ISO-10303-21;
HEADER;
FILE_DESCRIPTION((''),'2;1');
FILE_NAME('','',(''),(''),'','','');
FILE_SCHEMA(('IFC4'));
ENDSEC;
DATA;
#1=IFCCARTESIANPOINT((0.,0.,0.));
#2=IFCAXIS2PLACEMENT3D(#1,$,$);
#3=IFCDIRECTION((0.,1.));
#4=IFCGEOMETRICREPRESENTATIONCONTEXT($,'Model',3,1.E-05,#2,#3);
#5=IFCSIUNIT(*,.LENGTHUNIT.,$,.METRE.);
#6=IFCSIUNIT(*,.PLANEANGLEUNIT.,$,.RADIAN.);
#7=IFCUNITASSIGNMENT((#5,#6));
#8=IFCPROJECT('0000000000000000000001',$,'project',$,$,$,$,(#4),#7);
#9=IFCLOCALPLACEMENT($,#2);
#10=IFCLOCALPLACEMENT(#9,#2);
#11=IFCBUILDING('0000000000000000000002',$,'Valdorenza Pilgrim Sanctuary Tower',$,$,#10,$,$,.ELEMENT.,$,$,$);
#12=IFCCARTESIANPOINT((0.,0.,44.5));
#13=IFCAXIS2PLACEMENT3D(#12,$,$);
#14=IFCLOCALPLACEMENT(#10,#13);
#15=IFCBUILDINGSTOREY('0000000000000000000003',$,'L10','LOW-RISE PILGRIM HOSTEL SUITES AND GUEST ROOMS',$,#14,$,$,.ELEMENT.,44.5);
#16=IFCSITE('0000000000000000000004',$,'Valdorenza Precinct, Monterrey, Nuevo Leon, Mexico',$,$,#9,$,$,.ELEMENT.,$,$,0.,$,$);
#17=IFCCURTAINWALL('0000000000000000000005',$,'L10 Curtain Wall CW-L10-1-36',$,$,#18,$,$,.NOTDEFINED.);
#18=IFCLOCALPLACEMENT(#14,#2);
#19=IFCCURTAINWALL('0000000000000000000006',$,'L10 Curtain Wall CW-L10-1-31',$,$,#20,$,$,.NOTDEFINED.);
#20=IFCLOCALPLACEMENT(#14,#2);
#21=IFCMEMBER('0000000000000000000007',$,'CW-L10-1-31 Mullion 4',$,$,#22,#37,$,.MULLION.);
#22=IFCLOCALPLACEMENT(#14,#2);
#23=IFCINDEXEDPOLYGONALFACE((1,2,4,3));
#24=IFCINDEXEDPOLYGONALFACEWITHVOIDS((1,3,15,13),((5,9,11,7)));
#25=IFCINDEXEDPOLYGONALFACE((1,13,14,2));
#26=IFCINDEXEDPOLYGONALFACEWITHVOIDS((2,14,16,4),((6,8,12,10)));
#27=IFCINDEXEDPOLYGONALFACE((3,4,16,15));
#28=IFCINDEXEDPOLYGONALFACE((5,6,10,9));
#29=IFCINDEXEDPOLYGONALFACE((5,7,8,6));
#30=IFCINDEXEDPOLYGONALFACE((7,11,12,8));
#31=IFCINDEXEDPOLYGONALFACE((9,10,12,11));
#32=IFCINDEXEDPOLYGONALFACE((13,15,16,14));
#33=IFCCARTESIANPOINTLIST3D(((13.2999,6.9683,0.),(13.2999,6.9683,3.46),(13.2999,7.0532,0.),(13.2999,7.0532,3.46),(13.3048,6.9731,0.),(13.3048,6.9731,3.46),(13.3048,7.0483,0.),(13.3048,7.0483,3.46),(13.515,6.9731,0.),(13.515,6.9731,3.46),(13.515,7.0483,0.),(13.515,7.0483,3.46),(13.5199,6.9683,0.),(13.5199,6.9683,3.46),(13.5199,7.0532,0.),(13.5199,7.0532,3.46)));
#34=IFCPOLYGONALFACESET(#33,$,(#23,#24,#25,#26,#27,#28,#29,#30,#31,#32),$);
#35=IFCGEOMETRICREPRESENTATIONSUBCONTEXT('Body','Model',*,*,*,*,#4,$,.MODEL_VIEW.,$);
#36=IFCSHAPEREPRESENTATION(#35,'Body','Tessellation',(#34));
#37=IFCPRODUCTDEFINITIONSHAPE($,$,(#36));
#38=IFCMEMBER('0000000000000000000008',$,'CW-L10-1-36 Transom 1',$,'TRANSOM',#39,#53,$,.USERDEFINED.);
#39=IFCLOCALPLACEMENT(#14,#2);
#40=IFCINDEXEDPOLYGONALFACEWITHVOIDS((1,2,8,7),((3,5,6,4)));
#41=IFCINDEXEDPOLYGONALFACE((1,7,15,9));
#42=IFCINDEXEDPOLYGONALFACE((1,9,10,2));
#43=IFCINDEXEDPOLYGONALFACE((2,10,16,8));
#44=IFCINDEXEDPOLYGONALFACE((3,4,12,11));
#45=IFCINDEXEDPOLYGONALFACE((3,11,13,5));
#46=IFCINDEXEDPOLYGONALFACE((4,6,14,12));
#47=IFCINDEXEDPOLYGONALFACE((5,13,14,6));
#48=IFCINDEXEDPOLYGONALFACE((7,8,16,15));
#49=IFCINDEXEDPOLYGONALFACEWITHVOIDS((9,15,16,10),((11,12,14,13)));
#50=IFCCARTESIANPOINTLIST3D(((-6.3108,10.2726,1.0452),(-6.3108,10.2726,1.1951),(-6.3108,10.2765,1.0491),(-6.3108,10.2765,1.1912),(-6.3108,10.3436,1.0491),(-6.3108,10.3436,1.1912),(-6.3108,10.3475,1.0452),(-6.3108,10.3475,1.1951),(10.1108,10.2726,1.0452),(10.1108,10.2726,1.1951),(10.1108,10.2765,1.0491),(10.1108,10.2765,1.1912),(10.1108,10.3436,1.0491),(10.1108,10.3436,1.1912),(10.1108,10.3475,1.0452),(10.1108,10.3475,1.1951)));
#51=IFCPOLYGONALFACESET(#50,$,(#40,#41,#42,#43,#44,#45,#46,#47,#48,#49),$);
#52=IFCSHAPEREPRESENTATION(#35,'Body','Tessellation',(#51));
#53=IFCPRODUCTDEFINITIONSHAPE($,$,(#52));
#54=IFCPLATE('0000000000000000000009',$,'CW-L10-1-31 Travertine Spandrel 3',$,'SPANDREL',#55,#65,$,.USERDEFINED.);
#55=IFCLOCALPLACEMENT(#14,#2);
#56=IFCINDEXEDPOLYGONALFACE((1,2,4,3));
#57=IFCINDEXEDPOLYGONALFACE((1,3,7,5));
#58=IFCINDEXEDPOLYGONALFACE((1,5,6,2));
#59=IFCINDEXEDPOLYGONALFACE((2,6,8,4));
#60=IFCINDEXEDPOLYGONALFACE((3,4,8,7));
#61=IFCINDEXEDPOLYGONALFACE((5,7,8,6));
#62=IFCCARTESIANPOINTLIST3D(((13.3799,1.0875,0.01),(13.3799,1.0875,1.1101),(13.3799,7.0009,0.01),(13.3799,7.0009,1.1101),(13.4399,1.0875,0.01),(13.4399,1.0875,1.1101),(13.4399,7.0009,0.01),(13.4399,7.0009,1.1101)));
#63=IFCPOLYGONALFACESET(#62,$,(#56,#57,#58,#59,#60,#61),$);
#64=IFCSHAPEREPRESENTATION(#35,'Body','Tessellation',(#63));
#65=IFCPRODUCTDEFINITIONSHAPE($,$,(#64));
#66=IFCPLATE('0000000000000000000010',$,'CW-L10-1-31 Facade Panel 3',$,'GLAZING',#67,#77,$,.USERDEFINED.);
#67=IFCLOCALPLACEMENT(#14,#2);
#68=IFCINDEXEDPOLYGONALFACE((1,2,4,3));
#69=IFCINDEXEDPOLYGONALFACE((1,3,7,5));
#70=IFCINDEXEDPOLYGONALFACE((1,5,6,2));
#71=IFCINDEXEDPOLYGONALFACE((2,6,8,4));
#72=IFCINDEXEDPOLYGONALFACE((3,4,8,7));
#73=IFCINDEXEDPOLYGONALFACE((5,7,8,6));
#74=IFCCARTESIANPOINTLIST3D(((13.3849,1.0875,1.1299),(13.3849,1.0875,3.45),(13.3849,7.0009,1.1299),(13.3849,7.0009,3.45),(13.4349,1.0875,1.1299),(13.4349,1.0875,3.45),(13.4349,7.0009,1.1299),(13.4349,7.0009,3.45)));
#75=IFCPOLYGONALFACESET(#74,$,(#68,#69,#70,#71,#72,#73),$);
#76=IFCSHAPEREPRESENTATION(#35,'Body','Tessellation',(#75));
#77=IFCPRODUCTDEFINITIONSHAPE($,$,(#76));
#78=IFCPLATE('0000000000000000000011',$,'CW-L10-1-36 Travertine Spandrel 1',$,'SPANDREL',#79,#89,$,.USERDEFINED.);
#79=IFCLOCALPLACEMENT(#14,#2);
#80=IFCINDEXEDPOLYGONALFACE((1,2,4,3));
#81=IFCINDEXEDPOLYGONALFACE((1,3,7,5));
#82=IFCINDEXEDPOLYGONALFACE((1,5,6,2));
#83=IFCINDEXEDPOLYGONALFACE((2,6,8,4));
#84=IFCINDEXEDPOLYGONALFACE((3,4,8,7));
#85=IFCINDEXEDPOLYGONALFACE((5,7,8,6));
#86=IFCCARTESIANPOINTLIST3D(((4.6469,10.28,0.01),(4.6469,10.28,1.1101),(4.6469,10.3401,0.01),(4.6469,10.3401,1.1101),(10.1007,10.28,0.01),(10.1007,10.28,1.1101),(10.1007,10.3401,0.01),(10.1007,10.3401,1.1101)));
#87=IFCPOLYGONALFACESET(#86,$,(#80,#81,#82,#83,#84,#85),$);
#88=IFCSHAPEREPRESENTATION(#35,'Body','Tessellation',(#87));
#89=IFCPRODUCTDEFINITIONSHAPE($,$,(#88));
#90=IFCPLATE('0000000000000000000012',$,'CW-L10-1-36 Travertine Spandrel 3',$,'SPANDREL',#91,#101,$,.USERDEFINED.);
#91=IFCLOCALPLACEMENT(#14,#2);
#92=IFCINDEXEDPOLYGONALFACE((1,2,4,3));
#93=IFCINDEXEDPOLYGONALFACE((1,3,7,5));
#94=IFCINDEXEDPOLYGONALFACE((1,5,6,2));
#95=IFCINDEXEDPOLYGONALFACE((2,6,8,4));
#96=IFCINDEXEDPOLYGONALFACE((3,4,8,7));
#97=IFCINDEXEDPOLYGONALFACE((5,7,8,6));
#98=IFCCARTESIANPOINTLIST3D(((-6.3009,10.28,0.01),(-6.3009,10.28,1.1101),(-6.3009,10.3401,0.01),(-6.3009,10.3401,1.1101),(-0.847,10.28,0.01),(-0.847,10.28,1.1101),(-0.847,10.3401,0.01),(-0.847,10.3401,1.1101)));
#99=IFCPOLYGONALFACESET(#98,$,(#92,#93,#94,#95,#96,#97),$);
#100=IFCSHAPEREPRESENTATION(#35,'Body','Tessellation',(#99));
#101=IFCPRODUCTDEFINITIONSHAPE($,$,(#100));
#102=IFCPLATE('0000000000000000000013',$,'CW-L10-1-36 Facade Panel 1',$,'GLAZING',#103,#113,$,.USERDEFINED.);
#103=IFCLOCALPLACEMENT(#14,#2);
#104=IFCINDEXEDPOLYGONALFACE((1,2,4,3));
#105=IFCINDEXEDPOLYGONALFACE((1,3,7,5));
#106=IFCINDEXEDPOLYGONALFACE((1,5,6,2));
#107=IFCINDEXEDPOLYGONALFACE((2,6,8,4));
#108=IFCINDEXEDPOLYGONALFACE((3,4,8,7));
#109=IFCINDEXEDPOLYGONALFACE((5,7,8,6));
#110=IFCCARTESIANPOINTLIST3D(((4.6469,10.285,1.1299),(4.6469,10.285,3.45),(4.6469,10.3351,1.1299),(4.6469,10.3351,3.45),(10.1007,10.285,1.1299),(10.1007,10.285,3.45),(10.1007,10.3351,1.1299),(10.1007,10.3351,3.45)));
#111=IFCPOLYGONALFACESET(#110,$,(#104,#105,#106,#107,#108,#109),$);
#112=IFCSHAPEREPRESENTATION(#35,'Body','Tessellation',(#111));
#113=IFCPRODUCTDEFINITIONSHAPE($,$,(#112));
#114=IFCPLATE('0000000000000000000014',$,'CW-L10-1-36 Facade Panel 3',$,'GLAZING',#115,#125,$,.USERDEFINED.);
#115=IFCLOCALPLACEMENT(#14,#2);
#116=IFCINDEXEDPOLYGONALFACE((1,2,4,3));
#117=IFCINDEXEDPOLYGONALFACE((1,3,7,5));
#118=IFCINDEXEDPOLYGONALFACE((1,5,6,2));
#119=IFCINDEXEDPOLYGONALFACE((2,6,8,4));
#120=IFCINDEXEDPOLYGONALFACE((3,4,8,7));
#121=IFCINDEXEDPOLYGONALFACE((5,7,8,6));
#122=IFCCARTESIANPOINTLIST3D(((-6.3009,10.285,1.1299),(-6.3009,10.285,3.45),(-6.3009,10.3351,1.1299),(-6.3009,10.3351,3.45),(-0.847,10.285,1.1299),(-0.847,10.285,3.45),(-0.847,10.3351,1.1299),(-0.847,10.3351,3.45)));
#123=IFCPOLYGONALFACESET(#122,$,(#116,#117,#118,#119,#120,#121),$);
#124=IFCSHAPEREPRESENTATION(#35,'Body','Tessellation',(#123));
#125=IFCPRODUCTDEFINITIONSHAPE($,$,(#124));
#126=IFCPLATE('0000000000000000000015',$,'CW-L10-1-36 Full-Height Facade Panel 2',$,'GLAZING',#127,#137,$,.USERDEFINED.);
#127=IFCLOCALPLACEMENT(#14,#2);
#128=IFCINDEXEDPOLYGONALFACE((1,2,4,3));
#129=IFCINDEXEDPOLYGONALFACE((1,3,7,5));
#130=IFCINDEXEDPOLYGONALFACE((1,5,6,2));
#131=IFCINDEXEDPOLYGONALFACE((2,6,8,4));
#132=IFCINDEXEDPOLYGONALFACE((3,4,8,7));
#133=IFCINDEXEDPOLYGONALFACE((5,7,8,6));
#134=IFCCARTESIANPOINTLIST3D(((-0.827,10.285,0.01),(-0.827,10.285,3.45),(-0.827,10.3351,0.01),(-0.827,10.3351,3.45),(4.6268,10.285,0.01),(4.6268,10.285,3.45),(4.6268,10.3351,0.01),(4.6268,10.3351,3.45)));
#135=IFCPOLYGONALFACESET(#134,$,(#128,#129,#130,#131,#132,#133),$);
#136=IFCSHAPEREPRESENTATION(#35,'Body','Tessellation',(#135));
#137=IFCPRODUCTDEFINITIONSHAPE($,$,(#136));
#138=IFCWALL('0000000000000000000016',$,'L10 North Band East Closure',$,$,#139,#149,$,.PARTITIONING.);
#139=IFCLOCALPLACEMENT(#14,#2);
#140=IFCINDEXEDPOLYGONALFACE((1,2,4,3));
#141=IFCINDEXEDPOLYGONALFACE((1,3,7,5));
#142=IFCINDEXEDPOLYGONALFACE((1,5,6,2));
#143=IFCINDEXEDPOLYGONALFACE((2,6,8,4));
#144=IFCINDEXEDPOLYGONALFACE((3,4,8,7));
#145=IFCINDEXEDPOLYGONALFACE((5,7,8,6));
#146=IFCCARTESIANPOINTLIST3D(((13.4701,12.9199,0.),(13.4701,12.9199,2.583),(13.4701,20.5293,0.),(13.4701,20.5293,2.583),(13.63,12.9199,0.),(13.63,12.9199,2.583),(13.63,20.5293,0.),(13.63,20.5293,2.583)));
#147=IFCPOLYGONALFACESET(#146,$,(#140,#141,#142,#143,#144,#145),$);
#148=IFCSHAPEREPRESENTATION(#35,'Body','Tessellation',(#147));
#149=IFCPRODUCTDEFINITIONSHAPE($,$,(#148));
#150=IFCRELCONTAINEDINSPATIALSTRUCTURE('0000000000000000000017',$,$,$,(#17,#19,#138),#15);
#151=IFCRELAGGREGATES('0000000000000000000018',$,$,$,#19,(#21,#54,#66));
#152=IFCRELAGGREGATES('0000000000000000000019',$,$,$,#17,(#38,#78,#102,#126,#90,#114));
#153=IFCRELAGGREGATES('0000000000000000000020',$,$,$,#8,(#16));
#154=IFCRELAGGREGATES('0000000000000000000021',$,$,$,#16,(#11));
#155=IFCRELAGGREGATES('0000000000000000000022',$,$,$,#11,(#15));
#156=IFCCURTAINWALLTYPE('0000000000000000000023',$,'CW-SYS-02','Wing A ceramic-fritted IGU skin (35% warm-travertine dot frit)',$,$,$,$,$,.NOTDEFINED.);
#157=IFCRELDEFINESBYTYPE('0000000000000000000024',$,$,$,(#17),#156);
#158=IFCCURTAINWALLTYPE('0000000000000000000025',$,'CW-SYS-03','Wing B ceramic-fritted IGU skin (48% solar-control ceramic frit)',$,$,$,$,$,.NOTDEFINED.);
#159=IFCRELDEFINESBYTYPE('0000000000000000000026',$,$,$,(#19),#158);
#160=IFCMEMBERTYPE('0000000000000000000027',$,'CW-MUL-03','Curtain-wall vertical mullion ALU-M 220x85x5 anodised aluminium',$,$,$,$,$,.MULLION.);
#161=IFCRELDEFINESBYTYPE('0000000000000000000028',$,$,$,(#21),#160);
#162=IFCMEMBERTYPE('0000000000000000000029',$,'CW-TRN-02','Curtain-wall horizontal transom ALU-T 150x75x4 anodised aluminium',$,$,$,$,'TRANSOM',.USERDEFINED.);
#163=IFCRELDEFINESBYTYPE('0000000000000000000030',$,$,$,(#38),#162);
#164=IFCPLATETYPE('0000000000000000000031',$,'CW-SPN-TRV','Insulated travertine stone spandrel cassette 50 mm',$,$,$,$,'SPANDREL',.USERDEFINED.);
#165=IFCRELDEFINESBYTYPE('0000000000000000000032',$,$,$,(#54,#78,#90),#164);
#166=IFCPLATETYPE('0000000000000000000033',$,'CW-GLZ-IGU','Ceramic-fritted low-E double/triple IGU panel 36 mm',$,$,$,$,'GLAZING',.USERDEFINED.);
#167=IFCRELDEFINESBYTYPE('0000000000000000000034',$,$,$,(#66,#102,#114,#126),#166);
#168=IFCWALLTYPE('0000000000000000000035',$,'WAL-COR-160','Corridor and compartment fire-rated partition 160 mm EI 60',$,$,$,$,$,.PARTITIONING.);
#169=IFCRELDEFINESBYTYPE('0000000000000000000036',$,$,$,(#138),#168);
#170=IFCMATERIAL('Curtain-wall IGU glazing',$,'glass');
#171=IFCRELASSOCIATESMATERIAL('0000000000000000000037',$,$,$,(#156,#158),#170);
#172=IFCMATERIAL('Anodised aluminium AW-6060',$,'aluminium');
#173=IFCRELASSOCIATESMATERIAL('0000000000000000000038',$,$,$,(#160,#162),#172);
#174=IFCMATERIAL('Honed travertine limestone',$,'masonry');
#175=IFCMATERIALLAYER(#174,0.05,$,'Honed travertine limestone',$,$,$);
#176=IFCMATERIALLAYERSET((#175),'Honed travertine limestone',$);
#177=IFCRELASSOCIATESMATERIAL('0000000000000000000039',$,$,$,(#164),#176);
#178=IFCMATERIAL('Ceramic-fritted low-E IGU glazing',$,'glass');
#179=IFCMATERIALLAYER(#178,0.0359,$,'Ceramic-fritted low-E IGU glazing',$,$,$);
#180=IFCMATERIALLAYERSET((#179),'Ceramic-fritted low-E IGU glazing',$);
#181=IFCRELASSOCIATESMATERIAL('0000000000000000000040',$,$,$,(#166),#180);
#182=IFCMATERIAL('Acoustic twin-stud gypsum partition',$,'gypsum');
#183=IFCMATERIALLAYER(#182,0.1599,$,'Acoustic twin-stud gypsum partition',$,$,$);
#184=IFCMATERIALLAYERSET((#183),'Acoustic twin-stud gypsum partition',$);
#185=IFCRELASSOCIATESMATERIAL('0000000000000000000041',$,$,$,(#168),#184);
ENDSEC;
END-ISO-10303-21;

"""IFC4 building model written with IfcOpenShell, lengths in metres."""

from ifc_helpers import new_model, si_unit, direction, frame, frame_2d, origin, origin_2d, place, context, subcontext, project, spatial, rectangle, hollow_rectangle, extrude, source, transform, mapped, material, layer, layer_set, material_profile, profile_set, type_object, element, aggregate, save


model = new_model("IFC4")

# Units and contexts
model_context = context("Model", 3, precision=1e-05, world=origin(), true_north=direction((0.0, 1.0)))
body_context = subcontext(model_context, "Body", "Model", "MODEL_VIEW")
ifc_project = project(units=[si_unit("LENGTHUNIT", "METRE"), si_unit("PLANEANGLEUNIT", "RADIAN")], contexts=[model_context])

# Site, building, storey
site_placement = place(None, origin())
site = spatial("IfcSite", under=ifc_project, at=site_placement, Name="Valdorenza Precinct, Monterrey, Nuevo Leon, Mexico", CompositionType="ELEMENT", RefElevation=0.0)
building_placement = place(site_placement, origin())
building = spatial("IfcBuilding", under=site, at=building_placement, Name="Valdorenza Pilgrim Sanctuary Tower", CompositionType="ELEMENT")
storey_placement = place(building_placement, frame((0.0, 0.0, 44.5)))
storey = spatial("IfcBuildingStorey", under=building, at=storey_placement, Name="L10", Description="LOW-RISE PILGRIM HOSTEL SUITES AND GUEST ROOMS", CompositionType="ELEMENT", Elevation=44.5)

# Curtain walls, member
ifc_material_1 = material(Name="Curtain-wall IGU glazing", Category="glass")
curtain_wall_type_1 = type_object("IfcCurtainWallType", Name="CW-SYS-02", Description="Wing A ceramic-fritted IGU skin (35% warm-travertine dot frit)", PredefinedType="NOTDEFINED", material=ifc_material_1)
curtain_wall_1_placement = place(storey_placement, origin())
curtain_wall_1 = element("IfcCurtainWall", 1, at=curtain_wall_1_placement, inside=storey, type_object=curtain_wall_type_1, Name="L10 Curtain Wall CW-L10-1-36", PredefinedType="NOTDEFINED")
ifc_material_2 = material(Name="Anodised aluminium AW-6060", Category="aluminium")
curtain_wall_type_2 = type_object("IfcCurtainWallType", Name="CW-SYS-03", Description="Wing B ceramic-fritted IGU skin (48% solar-control ceramic frit)", PredefinedType="NOTDEFINED", material=ifc_material_1)
curtain_wall_2_placement = place(storey_placement, origin())
curtain_wall_2 = element("IfcCurtainWall", 2, at=curtain_wall_2_placement, inside=storey, type_object=curtain_wall_type_2, Name="L10 Curtain Wall CW-L10-1-31", PredefinedType="NOTDEFINED")
ifc_material_profile_1 = material_profile(ifc_material_2, hollow_rectangle(XDim=0.085, YDim=0.22, WallThickness=0.0049, at=origin_2d()), Name="ALU-M 220x85x5")
ifc_profile_set_1 = profile_set([ifc_material_profile_1], Name="Anodised aluminium AW-6060")
member_type_1 = type_object("IfcMemberType", Name="CW-MUL-03", Description="Curtain-wall vertical mullion ALU-M 220x85x5 anodised aluminium", PredefinedType="MULLION", material=ifc_profile_set_1)
shared_shape_1 = source(origin(), body_context, "Body", "SweptSolid", [
    extrude(hollow_rectangle(XDim=0.085, YDim=0.22, WallThickness=0.0049, at=origin_2d()), origin(), (0.0, 0.0, 1.0), 3.46),
])
member_1_placement = place(storey_placement, frame((13.4099, 7.0107, 0.0), z_axis=(0.0, 0.0, 1.0), x_axis=(0.0, 1.0, 0.0)))
member_1 = element("IfcMember", 3, at=member_1_placement, type_object=member_type_1, Name="CW-L10-1-31 Mullion 4", PredefinedType="MULLION", context=body_context, shape_type="MappedRepresentation", body=[
    mapped(shared_shape_1, transform((0.0, 0.0, 0.0), x_axis=(1.0, 0.0, 0.0), y_axis=(0.0, 1.0, 0.0), z_axis=(0.0, 0.0, 1.0), scale=1.0)),
])

# Member
ifc_material_profile_2 = material_profile(ifc_material_2, hollow_rectangle(XDim=0.075, YDim=0.1499, WallThickness=0.0039, at=origin_2d()), Name="ALU-T 150x75x4")
ifc_profile_set_2 = profile_set([ifc_material_profile_2], Name="Anodised aluminium AW-6060")
member_type_2 = type_object("IfcMemberType", Name="CW-TRN-02", Description="Curtain-wall horizontal transom ALU-T 150x75x4 anodised aluminium", ElementType="TRANSOM", PredefinedType="USERDEFINED", material=ifc_profile_set_2)
shared_shape_2 = source(origin(), body_context, "Body", "SweptSolid", [
    extrude(hollow_rectangle(XDim=0.075, YDim=0.1499, WallThickness=0.0039, at=origin_2d()), origin(), (0.0, 0.0, 1.0), 16.4216),
])
member_2_placement = place(storey_placement, frame((10.1108, 10.3101, 1.1201), z_axis=(-1.0, 0.0, 0.0), x_axis=(0.0, -1.0, 0.0)))
member_2 = element("IfcMember", 4, at=member_2_placement, type_object=member_type_2, Name="CW-L10-1-36 Transom 1", ObjectType="TRANSOM", PredefinedType="USERDEFINED", context=body_context, shape_type="MappedRepresentation", body=[
    mapped(shared_shape_2, transform((0.0, 0.0, 0.0), x_axis=(1.0, 0.0, 0.0), y_axis=(0.0, 1.0, 0.0), z_axis=(0.0, 0.0, 1.0), scale=1.0)),
])

# Plates
ifc_material_3 = material(Name="Honed travertine limestone", Category="masonry")
ifc_layer_1 = layer(ifc_material_3, 0.05, Name="Honed travertine limestone")
ifc_layer_set_1 = layer_set([ifc_layer_1], Name="Honed travertine limestone")
plate_type_1 = type_object("IfcPlateType", Name="CW-SPN-TRV", Description="Insulated travertine stone spandrel cassette 50 mm", ElementType="SPANDREL", PredefinedType="USERDEFINED", material=ifc_layer_set_1)
shared_shape_3 = source(origin(), body_context, "Body", "SweptSolid", [
    extrude(rectangle(XDim=5.9133, YDim=0.0601, at=origin_2d()), origin(), (0.0, 0.0, 1.0), 1.1001),
])
plate_1_placement = place(storey_placement, frame((13.4099, 4.0442, 0.01), z_axis=(0.0, 0.0, 1.0), x_axis=(0.0, 1.0, 0.0)))
plate_1 = element("IfcPlate", 5, at=plate_1_placement, type_object=plate_type_1, Name="CW-L10-1-31 Travertine Spandrel 3", ObjectType="SPANDREL", PredefinedType="USERDEFINED", context=body_context, shape_type="MappedRepresentation", body=[
    mapped(shared_shape_3, transform((0.0, 0.0, 0.0), x_axis=(1.0, 0.0, 0.0), y_axis=(0.0, 1.0, 0.0), z_axis=(0.0, 0.0, 1.0), scale=1.0)),
])
ifc_material_4 = material(Name="Ceramic-fritted low-E IGU glazing", Category="glass")
ifc_layer_2 = layer(ifc_material_4, 0.0359, Name="Ceramic-fritted low-E IGU glazing")
ifc_layer_set_2 = layer_set([ifc_layer_2], Name="Ceramic-fritted low-E IGU glazing")
plate_type_2 = type_object("IfcPlateType", Name="CW-GLZ-IGU", Description="Ceramic-fritted low-E double/triple IGU panel 36 mm", ElementType="GLAZING", PredefinedType="USERDEFINED", material=ifc_layer_set_2)
shared_shape_4 = source(origin(), body_context, "Body", "SweptSolid", [
    extrude(rectangle(XDim=5.9133, YDim=0.05, at=origin_2d()), origin(), (0.0, 0.0, 1.0), 2.3201),
])
plate_2_placement = place(storey_placement, frame((13.4099, 4.0442, 1.1299), z_axis=(0.0, 0.0, 1.0), x_axis=(0.0, 1.0, 0.0)))
plate_2 = element("IfcPlate", 6, at=plate_2_placement, type_object=plate_type_2, Name="CW-L10-1-31 Facade Panel 3", ObjectType="GLAZING", PredefinedType="USERDEFINED", context=body_context, shape_type="MappedRepresentation", body=[
    mapped(shared_shape_4, transform((0.0, 0.0, 0.0), x_axis=(1.0, 0.0, 0.0), y_axis=(0.0, 1.0, 0.0), z_axis=(0.0, 0.0, 1.0), scale=1.0)),
])
aggregate(curtain_wall_2, [member_1, plate_1, plate_2])
shared_shape_5 = source(origin(), body_context, "Body", "SweptSolid", [
    extrude(rectangle(XDim=5.4539, YDim=0.0601, at=origin_2d()), origin(), (0.0, 0.0, 1.0), 1.1001),
])
plate_3_placement = place(storey_placement, frame((7.3738, 10.3101, 0.01), z_axis=(0.0, 0.0, 1.0), x_axis=(-1.0, 0.0, 0.0)))
plate_3 = element("IfcPlate", 7, at=plate_3_placement, type_object=plate_type_1, Name="CW-L10-1-36 Travertine Spandrel 1", ObjectType="SPANDREL", PredefinedType="USERDEFINED", context=body_context, shape_type="MappedRepresentation", body=[
    mapped(shared_shape_5, transform((0.0, 0.0, 0.0), x_axis=(1.0, 0.0, 0.0), y_axis=(0.0, 1.0, 0.0), z_axis=(0.0, 0.0, 1.0), scale=1.0)),
])
plate_4_placement = place(storey_placement, frame((-3.574, 10.3101, 0.01), z_axis=(0.0, 0.0, 1.0), x_axis=(-1.0, 0.0, 0.0)))
plate_4 = element("IfcPlate", 8, at=plate_4_placement, type_object=plate_type_1, Name="CW-L10-1-36 Travertine Spandrel 3", ObjectType="SPANDREL", PredefinedType="USERDEFINED", context=body_context, shape_type="MappedRepresentation", body=[
    mapped(shared_shape_5, transform((0.0, 0.0, 0.0), x_axis=(1.0, 0.0, 0.0), y_axis=(0.0, 1.0, 0.0), z_axis=(0.0, 0.0, 1.0), scale=1.0)),
])
shared_shape_6 = source(origin(), body_context, "Body", "SweptSolid", [
    extrude(rectangle(XDim=5.4539, YDim=0.05, at=origin_2d()), origin(), (0.0, 0.0, 1.0), 2.3201),
])
plate_5_placement = place(storey_placement, frame((7.3738, 10.3101, 1.1299), z_axis=(0.0, 0.0, 1.0), x_axis=(-1.0, 0.0, 0.0)))
plate_5 = element("IfcPlate", 9, at=plate_5_placement, type_object=plate_type_2, Name="CW-L10-1-36 Facade Panel 1", ObjectType="GLAZING", PredefinedType="USERDEFINED", context=body_context, shape_type="MappedRepresentation", body=[
    mapped(shared_shape_6, transform((0.0, 0.0, 0.0), x_axis=(1.0, 0.0, 0.0), y_axis=(0.0, 1.0, 0.0), z_axis=(0.0, 0.0, 1.0), scale=1.0)),
])
plate_6_placement = place(storey_placement, frame((-3.574, 10.3101, 1.1299), z_axis=(0.0, 0.0, 1.0), x_axis=(-1.0, 0.0, 0.0)))
plate_6 = element("IfcPlate", 10, at=plate_6_placement, type_object=plate_type_2, Name="CW-L10-1-36 Facade Panel 3", ObjectType="GLAZING", PredefinedType="USERDEFINED", context=body_context, shape_type="MappedRepresentation", body=[
    mapped(shared_shape_6, transform((0.0, 0.0, 0.0), x_axis=(1.0, 0.0, 0.0), y_axis=(0.0, 1.0, 0.0), z_axis=(0.0, 0.0, 1.0), scale=1.0)),
])
shared_shape_7 = source(origin(), body_context, "Body", "SweptSolid", [
    extrude(rectangle(XDim=5.4539, YDim=0.05, at=origin_2d()), origin(), (0.0, 0.0, 1.0), 3.4399),
])
plate_7_placement = place(storey_placement, frame((1.8999, 10.3101, 0.01), z_axis=(0.0, 0.0, 1.0), x_axis=(-1.0, 0.0, 0.0)))
plate_7 = element("IfcPlate", 11, at=plate_7_placement, type_object=plate_type_2, Name="CW-L10-1-36 Full-Height Facade Panel 2", ObjectType="GLAZING", PredefinedType="USERDEFINED", context=body_context, shape_type="MappedRepresentation", body=[
    mapped(shared_shape_7, transform((0.0, 0.0, 0.0), x_axis=(1.0, 0.0, 0.0), y_axis=(0.0, 1.0, 0.0), z_axis=(0.0, 0.0, 1.0), scale=1.0)),
])
aggregate(curtain_wall_1, [member_2, plate_3, plate_5, plate_7, plate_4, plate_6])

# Wall
ifc_material_5 = material(Name="Acoustic twin-stud gypsum partition", Category="gypsum")
ifc_layer_3 = layer(ifc_material_5, 0.1599, Name="Acoustic twin-stud gypsum partition")
ifc_layer_set_3 = layer_set([ifc_layer_3], Name="Acoustic twin-stud gypsum partition")
wall_type_1 = type_object("IfcWallType", Name="WAL-COR-160", Description="Corridor and compartment fire-rated partition 160 mm EI 60", PredefinedType="PARTITIONING", material=ifc_layer_set_3)
wall_1_placement = place(storey_placement, frame((13.55, 12.9199, 0.0), z_axis=(0.0, 0.0, 1.0), x_axis=(0.0, 1.0, 0.0)))
element("IfcWall", 12, at=wall_1_placement, inside=storey, type_object=wall_type_1, Name="L10 North Band East Closure", PredefinedType="PARTITIONING", context=body_context, shape_type="SweptSolid", body=[
    extrude(rectangle(XDim=7.6094, YDim=0.1599, at=frame_2d((3.8047, 0.0))), origin(), (0.0, 0.0, 1.0), 2.583),
])

save(model, "model.ifc")
